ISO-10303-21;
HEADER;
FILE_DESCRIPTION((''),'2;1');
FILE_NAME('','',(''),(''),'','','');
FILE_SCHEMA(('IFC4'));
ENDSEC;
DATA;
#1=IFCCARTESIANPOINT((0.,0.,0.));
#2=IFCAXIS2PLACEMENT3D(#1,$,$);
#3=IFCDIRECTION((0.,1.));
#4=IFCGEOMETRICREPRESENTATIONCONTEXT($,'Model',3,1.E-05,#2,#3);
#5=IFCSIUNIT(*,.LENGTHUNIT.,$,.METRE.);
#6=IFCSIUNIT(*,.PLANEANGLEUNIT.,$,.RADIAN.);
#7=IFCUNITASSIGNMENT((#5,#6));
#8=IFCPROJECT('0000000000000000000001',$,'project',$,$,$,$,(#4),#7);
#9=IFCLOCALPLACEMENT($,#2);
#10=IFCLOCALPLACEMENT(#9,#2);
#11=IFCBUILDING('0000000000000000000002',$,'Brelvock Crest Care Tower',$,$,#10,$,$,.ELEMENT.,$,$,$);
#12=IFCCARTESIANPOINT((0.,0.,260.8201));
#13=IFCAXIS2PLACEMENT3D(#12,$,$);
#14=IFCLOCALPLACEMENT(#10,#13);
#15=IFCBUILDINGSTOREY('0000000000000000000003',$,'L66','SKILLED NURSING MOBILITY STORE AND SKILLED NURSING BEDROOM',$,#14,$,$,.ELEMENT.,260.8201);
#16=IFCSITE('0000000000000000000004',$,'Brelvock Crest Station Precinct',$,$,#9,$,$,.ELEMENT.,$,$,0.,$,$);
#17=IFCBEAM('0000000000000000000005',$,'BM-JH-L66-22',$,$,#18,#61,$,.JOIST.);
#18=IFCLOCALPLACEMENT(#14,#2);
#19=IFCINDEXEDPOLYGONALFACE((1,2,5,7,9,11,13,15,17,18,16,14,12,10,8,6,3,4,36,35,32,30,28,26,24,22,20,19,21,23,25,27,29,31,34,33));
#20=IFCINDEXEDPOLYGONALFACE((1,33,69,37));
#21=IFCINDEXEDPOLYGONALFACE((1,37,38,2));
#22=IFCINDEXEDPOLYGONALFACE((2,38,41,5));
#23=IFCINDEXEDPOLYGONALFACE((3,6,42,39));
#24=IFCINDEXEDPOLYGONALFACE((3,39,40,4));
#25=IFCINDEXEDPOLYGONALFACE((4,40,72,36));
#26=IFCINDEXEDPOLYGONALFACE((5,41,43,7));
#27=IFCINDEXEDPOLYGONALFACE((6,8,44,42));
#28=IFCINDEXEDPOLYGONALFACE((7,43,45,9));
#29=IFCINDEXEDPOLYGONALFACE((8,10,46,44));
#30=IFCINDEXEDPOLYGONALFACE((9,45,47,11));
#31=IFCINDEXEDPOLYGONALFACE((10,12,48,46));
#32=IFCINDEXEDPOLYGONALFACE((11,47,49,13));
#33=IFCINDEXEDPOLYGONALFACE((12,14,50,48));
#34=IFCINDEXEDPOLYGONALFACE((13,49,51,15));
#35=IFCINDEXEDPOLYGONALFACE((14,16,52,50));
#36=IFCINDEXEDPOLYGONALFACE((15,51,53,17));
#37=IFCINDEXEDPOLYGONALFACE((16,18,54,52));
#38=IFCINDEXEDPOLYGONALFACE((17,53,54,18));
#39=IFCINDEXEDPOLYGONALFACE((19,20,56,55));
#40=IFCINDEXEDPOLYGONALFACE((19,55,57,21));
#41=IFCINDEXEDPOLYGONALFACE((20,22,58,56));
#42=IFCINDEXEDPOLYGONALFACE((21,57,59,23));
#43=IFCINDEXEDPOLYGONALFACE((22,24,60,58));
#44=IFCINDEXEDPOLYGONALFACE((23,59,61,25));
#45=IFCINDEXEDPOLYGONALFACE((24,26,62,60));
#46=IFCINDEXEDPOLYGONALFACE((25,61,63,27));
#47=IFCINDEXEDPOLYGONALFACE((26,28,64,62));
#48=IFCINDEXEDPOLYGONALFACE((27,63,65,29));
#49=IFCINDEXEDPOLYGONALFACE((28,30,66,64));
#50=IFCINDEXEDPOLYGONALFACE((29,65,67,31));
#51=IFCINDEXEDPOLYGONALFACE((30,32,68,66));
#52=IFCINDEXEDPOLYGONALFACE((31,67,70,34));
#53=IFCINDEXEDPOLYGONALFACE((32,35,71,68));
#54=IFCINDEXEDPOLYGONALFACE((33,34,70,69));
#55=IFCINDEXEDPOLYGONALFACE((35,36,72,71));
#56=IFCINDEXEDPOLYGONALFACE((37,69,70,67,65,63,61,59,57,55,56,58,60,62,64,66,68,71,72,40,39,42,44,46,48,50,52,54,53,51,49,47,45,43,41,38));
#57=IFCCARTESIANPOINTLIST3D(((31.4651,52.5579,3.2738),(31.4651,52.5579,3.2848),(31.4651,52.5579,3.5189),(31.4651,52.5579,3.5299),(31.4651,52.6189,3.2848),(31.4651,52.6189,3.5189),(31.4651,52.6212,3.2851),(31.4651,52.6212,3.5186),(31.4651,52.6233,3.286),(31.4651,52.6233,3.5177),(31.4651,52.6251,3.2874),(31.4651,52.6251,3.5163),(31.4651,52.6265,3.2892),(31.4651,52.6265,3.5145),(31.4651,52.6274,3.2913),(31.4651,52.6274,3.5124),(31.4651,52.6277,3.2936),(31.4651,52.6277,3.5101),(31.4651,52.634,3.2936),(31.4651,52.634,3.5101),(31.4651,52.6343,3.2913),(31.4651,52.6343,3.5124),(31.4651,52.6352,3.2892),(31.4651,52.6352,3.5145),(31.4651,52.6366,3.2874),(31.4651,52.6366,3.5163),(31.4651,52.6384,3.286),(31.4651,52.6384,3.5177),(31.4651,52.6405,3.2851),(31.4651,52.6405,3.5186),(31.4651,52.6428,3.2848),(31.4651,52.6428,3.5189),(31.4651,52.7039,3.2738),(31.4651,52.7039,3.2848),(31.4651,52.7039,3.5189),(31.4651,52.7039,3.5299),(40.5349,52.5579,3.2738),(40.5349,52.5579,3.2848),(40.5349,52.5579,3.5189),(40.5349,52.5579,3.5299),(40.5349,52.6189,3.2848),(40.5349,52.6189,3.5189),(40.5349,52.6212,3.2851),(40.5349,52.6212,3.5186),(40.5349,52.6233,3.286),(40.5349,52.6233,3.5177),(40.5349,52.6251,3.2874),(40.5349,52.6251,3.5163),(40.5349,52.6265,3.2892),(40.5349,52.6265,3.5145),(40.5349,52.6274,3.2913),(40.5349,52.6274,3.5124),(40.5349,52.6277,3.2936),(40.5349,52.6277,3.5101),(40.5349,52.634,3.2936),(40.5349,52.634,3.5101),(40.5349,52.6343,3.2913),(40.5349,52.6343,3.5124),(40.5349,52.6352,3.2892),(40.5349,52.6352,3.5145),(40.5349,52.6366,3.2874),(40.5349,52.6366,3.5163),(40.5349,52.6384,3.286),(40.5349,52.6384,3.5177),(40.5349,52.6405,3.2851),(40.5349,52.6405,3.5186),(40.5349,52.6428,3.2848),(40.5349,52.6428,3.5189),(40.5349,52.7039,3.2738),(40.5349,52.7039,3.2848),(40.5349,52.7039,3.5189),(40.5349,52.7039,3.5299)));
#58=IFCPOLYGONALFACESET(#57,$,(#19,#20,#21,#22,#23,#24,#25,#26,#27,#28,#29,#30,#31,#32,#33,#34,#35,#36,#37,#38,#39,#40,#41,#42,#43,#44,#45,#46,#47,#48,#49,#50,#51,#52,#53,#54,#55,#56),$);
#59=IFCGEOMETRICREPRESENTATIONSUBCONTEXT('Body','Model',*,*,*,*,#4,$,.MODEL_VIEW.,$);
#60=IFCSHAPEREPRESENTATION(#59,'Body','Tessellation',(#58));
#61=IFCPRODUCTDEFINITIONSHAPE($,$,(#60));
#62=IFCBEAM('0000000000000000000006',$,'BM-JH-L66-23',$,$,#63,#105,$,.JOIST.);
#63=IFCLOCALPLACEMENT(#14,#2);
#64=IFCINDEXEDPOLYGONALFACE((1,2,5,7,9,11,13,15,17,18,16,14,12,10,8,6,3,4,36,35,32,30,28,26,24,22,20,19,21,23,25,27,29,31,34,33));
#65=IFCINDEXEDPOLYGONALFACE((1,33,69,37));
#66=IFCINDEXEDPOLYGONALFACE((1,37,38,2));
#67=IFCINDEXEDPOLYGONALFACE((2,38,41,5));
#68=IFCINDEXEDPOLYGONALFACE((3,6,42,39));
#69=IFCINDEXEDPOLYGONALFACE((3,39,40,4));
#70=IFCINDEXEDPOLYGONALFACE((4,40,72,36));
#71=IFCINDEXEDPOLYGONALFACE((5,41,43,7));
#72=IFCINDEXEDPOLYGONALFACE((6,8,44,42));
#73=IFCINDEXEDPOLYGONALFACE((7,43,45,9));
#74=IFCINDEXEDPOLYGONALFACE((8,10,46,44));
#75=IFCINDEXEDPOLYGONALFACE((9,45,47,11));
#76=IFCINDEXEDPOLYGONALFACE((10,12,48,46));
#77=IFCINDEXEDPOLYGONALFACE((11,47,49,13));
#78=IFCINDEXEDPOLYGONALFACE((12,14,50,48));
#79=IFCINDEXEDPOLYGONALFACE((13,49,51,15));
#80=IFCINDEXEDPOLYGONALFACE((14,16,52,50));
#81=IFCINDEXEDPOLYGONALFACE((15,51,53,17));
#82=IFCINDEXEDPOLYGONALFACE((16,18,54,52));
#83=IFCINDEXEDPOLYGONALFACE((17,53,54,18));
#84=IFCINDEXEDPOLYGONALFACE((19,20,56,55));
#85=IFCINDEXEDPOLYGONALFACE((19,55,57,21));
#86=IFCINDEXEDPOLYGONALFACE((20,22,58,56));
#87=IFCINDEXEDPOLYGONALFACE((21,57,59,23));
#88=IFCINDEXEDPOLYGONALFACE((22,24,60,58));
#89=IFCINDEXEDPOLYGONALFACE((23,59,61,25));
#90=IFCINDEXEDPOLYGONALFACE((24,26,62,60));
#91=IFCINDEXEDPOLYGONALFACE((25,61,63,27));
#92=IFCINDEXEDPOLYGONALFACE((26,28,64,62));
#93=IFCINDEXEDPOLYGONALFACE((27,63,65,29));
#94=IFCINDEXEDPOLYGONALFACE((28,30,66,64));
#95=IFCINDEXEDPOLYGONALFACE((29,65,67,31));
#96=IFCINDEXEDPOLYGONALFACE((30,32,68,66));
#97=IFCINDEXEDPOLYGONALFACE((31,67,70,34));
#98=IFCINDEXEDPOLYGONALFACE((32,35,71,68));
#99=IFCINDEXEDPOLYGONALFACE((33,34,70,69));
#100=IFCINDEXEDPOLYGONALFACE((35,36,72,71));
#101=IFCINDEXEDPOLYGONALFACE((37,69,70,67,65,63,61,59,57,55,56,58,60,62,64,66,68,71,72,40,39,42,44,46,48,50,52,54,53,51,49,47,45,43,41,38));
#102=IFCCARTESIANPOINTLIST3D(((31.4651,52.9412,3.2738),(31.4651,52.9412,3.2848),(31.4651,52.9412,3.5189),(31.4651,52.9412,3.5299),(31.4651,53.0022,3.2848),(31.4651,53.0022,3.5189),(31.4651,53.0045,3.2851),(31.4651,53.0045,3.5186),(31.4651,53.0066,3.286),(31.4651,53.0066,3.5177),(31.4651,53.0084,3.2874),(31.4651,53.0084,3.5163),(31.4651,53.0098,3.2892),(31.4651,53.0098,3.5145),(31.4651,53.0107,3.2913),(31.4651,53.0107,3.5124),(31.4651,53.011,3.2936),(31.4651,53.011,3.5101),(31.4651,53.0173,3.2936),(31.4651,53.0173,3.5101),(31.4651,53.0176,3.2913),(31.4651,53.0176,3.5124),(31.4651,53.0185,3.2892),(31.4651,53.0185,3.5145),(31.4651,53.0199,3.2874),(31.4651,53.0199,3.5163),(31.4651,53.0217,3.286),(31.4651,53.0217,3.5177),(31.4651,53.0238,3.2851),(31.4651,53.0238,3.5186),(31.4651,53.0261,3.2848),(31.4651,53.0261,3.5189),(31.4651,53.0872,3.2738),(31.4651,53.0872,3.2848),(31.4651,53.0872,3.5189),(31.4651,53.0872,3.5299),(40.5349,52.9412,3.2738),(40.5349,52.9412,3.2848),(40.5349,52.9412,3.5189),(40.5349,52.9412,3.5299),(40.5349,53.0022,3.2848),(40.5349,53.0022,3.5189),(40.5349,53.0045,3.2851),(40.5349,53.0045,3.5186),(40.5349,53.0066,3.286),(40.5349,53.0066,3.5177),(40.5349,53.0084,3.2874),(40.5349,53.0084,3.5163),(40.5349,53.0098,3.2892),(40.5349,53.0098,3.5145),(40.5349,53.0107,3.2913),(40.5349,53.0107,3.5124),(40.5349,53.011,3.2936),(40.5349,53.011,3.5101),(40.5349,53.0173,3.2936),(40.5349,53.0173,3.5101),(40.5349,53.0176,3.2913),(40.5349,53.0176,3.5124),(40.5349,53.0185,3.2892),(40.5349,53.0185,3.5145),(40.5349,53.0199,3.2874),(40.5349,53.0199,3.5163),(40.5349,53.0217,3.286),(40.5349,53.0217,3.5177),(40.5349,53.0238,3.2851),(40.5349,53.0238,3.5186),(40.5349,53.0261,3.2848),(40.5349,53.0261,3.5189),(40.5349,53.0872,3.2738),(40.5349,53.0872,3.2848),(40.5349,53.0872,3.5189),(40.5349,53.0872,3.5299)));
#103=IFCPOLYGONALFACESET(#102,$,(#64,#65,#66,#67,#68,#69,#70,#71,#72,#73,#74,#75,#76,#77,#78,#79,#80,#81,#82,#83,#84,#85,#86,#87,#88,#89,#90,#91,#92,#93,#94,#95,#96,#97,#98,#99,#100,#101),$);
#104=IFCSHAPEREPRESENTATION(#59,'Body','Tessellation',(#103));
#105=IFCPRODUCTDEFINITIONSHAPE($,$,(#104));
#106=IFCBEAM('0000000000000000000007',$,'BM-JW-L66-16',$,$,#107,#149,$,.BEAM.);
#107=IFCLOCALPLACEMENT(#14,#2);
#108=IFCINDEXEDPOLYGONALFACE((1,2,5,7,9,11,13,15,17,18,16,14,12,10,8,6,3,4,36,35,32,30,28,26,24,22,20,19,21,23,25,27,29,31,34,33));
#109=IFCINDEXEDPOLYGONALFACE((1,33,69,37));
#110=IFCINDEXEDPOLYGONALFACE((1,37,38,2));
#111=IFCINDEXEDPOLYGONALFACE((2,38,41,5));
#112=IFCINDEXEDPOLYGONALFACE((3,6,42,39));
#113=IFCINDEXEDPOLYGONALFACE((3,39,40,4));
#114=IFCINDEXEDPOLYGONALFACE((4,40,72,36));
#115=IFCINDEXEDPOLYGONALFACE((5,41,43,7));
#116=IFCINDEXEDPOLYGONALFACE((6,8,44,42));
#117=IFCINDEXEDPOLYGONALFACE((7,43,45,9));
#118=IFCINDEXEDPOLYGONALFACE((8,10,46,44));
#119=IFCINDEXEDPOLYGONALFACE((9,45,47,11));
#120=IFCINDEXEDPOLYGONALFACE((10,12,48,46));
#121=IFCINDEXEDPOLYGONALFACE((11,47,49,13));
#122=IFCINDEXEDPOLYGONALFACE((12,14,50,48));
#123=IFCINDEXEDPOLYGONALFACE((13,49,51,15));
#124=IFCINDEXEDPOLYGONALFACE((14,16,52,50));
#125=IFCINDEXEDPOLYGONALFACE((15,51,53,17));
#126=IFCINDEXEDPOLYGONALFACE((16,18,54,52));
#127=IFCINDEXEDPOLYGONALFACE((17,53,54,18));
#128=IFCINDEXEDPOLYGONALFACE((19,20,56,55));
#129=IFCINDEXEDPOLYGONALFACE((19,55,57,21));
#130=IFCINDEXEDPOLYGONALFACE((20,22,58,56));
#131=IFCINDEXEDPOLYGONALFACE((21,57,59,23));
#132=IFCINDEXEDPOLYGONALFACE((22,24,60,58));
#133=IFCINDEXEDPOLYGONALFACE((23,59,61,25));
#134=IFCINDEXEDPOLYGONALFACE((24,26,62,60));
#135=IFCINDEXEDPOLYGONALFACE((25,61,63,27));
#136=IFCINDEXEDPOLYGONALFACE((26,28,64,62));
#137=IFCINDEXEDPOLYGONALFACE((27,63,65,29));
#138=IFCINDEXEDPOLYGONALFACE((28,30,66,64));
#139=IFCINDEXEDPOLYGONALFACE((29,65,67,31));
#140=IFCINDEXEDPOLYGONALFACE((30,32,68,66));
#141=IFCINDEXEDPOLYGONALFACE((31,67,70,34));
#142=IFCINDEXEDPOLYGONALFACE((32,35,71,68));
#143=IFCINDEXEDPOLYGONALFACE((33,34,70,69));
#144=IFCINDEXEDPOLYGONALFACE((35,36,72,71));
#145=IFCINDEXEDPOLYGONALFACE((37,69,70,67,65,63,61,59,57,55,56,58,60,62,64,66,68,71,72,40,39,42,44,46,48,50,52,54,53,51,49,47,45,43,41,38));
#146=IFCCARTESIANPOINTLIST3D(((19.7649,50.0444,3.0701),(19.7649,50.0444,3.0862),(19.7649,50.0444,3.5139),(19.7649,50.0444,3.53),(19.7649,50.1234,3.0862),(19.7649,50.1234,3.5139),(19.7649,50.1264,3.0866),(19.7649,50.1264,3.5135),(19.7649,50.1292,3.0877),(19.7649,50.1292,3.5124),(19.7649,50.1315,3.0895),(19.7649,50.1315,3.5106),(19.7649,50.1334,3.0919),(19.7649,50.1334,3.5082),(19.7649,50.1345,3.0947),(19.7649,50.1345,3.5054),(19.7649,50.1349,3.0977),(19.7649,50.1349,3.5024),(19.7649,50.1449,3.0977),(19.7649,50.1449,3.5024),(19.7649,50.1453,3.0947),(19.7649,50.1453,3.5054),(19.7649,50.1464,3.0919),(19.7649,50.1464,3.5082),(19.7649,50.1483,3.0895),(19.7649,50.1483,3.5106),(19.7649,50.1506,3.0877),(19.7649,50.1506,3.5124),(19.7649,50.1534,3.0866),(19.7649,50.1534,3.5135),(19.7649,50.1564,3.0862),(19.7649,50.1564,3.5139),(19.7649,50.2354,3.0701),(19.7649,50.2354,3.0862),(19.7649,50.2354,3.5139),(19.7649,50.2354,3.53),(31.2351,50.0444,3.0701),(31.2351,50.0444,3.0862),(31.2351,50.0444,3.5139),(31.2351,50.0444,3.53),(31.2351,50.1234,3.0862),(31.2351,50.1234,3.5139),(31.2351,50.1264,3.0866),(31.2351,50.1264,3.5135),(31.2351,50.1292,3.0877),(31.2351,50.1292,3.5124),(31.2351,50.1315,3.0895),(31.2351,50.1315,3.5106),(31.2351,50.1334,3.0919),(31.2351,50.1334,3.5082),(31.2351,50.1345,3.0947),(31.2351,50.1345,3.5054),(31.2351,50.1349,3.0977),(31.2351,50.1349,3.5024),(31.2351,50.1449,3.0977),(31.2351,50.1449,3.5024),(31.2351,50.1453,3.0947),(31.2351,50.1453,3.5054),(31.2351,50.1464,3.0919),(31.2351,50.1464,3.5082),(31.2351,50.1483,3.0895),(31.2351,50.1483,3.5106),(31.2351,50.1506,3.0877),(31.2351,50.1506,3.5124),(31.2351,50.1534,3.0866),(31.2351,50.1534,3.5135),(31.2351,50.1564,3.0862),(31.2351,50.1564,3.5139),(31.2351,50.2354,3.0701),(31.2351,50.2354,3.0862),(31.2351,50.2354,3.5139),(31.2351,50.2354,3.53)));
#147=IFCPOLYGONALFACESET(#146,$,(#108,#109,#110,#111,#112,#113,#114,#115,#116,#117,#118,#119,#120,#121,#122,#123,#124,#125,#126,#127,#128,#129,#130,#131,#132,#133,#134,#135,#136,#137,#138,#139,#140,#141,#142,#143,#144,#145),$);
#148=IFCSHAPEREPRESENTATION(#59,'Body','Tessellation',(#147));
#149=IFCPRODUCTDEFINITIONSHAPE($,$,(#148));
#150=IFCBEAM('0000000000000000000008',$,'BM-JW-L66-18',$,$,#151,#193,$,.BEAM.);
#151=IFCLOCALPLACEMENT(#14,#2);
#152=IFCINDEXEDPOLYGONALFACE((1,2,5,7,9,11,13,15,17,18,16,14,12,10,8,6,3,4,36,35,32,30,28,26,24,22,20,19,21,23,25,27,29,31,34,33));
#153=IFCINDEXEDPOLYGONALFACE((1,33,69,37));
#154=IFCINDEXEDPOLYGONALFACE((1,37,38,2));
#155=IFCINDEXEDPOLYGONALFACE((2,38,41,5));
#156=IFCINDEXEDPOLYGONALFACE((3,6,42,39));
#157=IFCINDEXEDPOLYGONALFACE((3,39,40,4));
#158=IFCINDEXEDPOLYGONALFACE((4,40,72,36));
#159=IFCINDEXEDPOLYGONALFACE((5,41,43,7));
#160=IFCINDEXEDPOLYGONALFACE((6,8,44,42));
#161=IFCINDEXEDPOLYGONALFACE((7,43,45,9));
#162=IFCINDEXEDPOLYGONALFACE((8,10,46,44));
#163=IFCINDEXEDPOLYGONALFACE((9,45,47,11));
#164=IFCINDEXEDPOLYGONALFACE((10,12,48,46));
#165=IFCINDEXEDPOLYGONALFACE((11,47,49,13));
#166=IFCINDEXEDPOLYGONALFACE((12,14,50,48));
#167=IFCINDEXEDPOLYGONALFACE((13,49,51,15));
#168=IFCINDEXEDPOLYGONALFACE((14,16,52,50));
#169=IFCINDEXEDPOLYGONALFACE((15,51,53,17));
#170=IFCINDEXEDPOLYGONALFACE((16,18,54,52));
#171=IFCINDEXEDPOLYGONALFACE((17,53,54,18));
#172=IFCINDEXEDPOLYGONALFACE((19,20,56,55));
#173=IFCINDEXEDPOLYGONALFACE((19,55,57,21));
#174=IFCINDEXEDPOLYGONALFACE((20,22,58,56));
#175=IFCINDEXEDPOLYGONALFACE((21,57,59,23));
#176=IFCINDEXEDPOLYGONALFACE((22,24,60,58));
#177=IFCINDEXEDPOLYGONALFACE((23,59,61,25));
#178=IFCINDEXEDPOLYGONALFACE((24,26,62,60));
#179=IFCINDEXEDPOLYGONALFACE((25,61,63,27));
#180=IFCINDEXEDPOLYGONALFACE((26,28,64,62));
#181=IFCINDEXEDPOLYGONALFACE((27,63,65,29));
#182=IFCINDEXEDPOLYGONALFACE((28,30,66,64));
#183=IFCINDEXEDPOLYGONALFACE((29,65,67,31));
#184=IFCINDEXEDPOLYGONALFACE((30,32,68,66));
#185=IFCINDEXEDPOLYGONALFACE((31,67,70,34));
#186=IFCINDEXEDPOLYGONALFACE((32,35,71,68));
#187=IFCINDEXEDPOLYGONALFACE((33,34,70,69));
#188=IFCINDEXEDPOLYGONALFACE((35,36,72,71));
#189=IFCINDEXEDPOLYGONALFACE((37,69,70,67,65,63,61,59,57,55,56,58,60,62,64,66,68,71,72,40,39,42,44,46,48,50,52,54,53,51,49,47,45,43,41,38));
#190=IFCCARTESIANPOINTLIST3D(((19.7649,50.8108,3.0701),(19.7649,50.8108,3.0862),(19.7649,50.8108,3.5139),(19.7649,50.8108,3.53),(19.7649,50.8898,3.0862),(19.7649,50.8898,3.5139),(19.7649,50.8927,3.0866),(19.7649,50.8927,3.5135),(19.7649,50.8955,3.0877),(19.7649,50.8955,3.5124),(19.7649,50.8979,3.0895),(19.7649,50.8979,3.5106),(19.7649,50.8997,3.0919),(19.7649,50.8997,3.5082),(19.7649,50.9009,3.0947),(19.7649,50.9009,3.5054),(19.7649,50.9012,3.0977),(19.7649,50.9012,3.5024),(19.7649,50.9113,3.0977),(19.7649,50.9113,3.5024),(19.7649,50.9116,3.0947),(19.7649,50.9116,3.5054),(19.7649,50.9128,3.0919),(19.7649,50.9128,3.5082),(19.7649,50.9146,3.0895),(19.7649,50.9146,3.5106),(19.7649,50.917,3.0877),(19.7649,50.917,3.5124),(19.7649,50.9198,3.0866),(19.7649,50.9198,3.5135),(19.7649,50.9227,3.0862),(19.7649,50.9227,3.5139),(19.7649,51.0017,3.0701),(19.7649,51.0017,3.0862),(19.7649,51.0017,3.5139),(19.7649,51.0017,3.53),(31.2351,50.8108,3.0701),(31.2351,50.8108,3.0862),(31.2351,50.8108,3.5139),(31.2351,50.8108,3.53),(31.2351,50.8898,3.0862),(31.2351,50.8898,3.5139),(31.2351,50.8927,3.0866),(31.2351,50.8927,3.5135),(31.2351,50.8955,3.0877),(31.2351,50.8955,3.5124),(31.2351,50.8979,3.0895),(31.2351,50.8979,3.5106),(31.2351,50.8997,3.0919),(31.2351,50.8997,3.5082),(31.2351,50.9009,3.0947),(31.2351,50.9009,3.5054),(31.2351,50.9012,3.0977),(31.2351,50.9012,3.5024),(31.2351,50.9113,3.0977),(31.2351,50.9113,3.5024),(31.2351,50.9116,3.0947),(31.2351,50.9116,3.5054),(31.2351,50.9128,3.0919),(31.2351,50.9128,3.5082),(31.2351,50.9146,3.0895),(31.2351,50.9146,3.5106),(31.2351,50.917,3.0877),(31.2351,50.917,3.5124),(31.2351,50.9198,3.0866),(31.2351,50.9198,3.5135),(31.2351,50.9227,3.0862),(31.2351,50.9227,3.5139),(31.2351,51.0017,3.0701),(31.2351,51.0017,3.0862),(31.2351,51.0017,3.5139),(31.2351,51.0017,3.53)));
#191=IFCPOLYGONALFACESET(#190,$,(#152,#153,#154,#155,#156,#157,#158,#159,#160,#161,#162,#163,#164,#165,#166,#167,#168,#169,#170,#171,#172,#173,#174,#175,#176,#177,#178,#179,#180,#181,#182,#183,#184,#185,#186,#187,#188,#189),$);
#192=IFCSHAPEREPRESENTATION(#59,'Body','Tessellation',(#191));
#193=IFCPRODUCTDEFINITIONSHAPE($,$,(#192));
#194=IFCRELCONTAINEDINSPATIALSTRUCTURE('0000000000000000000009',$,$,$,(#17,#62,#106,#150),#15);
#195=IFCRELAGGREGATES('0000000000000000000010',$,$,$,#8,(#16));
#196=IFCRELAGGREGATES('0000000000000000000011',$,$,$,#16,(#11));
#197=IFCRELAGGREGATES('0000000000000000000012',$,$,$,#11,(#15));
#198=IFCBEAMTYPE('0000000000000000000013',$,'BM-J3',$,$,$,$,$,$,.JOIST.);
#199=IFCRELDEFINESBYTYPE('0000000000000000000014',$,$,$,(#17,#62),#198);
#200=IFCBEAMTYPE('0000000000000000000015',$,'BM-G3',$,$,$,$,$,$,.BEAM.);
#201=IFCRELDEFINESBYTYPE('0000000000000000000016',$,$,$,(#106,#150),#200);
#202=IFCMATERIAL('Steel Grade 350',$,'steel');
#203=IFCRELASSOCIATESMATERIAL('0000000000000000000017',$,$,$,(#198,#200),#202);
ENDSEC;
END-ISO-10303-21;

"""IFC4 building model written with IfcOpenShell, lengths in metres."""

from ifc_helpers import new_model, si_unit, direction, frame, origin, origin_2d, place, context, subcontext, project, spatial, i_section, extrude, source, transform, mapped, material, material_profile, profile_set, type_object, element, save


model = new_model("IFC4")

# Units and contexts
model_context = context("Model", 3, precision=1e-05, world=origin(), true_north=direction((0.0, 1.0)))
body_context = subcontext(model_context, "Body", "Model", "MODEL_VIEW")
ifc_project = project(units=[si_unit("LENGTHUNIT", "METRE"), si_unit("PLANEANGLEUNIT", "RADIAN")], contexts=[model_context])

# Site, building, storey
site_placement = place(None, origin())
site = spatial("IfcSite", under=ifc_project, at=site_placement, Name="Brelvock Crest Station Precinct", CompositionType="ELEMENT", RefElevation=0.0)
building_placement = place(site_placement, origin())
building = spatial("IfcBuilding", under=site, at=building_placement, Name="Brelvock Crest Care Tower", CompositionType="ELEMENT")
storey_placement = place(building_placement, frame((0.0, 0.0, 260.8201)))
storey = spatial("IfcBuildingStorey", under=building, at=storey_placement, Name="L66", Description="SKILLED NURSING MOBILITY STORE AND SKILLED NURSING BEDROOM", CompositionType="ELEMENT", Elevation=260.8201)

# Beams
ifc_material_1 = material(Name="Steel Grade 350", Category="steel")
ifc_material_profile_1 = material_profile(ifc_material_1, i_section(OverallWidth=0.146, OverallDepth=0.2561, WebThickness=0.0063, FlangeThickness=0.011, FilletRadius=0.0088, at=origin_2d()), Name="250UB37.3")
ifc_profile_set_1 = profile_set([ifc_material_profile_1], Name="Steel Grade 350")
beam_type_1 = type_object("IfcBeamType", Name="BM-J3", PredefinedType="JOIST", material=ifc_profile_set_1)
shared_shape_1 = source(origin(), body_context, "Body", "SweptSolid", [
    extrude(i_section(OverallWidth=0.146, OverallDepth=0.2561, WebThickness=0.0063, FlangeThickness=0.011, FilletRadius=0.0088, at=origin_2d()), origin(), (0.0, 0.0, 1.0), 9.0698),
])
for number, where, z_axis, x_axis, name in (
    (1, (31.4651, 52.6309, 3.4019), (1.0, 0.0, 0.0), (0.0, 1.0, 0.0), "BM-JH-L66-22"),
    (2, (31.4651, 53.0142, 3.4019), (1.0, 0.0, 0.0), (0.0, 1.0, 0.0), "BM-JH-L66-23"),
):
    element("IfcBeam", number, at=place(storey_placement, frame(where, z_axis=z_axis, x_axis=x_axis)), inside=storey, type_object=beam_type_1, Name=name, PredefinedType="JOIST", context=body_context, shape_type="MappedRepresentation", body=[
        mapped(shared_shape_1, transform((0.0, 0.0, 0.0), x_axis=(1.0, 0.0, 0.0), y_axis=(0.0, 1.0, 0.0), z_axis=(0.0, 0.0, 1.0), scale=1.0)),
    ])
ifc_material_profile_2 = material_profile(ifc_material_1, i_section(OverallWidth=0.1909, OverallDepth=0.46, WebThickness=0.01, FlangeThickness=0.0161, FilletRadius=0.0115, at=origin_2d()), Name="460UB82.1")
ifc_profile_set_2 = profile_set([ifc_material_profile_2], Name="Steel Grade 350")
beam_type_2 = type_object("IfcBeamType", Name="BM-G3", PredefinedType="BEAM", material=ifc_profile_set_2)
shared_shape_2 = source(origin(), body_context, "Body", "SweptSolid", [
    extrude(i_section(OverallWidth=0.1909, OverallDepth=0.46, WebThickness=0.01, FlangeThickness=0.0161, FilletRadius=0.0115, at=origin_2d()), origin(), (0.0, 0.0, 1.0), 11.4702),
])
for number, where, z_axis, x_axis, name in (
    (3, (19.7649, 50.1399, 3.3), (1.0, 0.0, 0.0), (0.0, 1.0, 0.0), "BM-JW-L66-16"),
    (4, (19.7649, 50.9062, 3.3), (1.0, 0.0, 0.0), (0.0, 1.0, 0.0), "BM-JW-L66-18"),
):
    element("IfcBeam", number, at=place(storey_placement, frame(where, z_axis=z_axis, x_axis=x_axis)), inside=storey, type_object=beam_type_2, Name=name, PredefinedType="BEAM", context=body_context, shape_type="MappedRepresentation", body=[
        mapped(shared_shape_2, transform((0.0, 0.0, 0.0), x_axis=(1.0, 0.0, 0.0), y_axis=(0.0, 1.0, 0.0), z_axis=(0.0, 0.0, 1.0), scale=1.0)),
    ])

save(model, "model.ifc")
